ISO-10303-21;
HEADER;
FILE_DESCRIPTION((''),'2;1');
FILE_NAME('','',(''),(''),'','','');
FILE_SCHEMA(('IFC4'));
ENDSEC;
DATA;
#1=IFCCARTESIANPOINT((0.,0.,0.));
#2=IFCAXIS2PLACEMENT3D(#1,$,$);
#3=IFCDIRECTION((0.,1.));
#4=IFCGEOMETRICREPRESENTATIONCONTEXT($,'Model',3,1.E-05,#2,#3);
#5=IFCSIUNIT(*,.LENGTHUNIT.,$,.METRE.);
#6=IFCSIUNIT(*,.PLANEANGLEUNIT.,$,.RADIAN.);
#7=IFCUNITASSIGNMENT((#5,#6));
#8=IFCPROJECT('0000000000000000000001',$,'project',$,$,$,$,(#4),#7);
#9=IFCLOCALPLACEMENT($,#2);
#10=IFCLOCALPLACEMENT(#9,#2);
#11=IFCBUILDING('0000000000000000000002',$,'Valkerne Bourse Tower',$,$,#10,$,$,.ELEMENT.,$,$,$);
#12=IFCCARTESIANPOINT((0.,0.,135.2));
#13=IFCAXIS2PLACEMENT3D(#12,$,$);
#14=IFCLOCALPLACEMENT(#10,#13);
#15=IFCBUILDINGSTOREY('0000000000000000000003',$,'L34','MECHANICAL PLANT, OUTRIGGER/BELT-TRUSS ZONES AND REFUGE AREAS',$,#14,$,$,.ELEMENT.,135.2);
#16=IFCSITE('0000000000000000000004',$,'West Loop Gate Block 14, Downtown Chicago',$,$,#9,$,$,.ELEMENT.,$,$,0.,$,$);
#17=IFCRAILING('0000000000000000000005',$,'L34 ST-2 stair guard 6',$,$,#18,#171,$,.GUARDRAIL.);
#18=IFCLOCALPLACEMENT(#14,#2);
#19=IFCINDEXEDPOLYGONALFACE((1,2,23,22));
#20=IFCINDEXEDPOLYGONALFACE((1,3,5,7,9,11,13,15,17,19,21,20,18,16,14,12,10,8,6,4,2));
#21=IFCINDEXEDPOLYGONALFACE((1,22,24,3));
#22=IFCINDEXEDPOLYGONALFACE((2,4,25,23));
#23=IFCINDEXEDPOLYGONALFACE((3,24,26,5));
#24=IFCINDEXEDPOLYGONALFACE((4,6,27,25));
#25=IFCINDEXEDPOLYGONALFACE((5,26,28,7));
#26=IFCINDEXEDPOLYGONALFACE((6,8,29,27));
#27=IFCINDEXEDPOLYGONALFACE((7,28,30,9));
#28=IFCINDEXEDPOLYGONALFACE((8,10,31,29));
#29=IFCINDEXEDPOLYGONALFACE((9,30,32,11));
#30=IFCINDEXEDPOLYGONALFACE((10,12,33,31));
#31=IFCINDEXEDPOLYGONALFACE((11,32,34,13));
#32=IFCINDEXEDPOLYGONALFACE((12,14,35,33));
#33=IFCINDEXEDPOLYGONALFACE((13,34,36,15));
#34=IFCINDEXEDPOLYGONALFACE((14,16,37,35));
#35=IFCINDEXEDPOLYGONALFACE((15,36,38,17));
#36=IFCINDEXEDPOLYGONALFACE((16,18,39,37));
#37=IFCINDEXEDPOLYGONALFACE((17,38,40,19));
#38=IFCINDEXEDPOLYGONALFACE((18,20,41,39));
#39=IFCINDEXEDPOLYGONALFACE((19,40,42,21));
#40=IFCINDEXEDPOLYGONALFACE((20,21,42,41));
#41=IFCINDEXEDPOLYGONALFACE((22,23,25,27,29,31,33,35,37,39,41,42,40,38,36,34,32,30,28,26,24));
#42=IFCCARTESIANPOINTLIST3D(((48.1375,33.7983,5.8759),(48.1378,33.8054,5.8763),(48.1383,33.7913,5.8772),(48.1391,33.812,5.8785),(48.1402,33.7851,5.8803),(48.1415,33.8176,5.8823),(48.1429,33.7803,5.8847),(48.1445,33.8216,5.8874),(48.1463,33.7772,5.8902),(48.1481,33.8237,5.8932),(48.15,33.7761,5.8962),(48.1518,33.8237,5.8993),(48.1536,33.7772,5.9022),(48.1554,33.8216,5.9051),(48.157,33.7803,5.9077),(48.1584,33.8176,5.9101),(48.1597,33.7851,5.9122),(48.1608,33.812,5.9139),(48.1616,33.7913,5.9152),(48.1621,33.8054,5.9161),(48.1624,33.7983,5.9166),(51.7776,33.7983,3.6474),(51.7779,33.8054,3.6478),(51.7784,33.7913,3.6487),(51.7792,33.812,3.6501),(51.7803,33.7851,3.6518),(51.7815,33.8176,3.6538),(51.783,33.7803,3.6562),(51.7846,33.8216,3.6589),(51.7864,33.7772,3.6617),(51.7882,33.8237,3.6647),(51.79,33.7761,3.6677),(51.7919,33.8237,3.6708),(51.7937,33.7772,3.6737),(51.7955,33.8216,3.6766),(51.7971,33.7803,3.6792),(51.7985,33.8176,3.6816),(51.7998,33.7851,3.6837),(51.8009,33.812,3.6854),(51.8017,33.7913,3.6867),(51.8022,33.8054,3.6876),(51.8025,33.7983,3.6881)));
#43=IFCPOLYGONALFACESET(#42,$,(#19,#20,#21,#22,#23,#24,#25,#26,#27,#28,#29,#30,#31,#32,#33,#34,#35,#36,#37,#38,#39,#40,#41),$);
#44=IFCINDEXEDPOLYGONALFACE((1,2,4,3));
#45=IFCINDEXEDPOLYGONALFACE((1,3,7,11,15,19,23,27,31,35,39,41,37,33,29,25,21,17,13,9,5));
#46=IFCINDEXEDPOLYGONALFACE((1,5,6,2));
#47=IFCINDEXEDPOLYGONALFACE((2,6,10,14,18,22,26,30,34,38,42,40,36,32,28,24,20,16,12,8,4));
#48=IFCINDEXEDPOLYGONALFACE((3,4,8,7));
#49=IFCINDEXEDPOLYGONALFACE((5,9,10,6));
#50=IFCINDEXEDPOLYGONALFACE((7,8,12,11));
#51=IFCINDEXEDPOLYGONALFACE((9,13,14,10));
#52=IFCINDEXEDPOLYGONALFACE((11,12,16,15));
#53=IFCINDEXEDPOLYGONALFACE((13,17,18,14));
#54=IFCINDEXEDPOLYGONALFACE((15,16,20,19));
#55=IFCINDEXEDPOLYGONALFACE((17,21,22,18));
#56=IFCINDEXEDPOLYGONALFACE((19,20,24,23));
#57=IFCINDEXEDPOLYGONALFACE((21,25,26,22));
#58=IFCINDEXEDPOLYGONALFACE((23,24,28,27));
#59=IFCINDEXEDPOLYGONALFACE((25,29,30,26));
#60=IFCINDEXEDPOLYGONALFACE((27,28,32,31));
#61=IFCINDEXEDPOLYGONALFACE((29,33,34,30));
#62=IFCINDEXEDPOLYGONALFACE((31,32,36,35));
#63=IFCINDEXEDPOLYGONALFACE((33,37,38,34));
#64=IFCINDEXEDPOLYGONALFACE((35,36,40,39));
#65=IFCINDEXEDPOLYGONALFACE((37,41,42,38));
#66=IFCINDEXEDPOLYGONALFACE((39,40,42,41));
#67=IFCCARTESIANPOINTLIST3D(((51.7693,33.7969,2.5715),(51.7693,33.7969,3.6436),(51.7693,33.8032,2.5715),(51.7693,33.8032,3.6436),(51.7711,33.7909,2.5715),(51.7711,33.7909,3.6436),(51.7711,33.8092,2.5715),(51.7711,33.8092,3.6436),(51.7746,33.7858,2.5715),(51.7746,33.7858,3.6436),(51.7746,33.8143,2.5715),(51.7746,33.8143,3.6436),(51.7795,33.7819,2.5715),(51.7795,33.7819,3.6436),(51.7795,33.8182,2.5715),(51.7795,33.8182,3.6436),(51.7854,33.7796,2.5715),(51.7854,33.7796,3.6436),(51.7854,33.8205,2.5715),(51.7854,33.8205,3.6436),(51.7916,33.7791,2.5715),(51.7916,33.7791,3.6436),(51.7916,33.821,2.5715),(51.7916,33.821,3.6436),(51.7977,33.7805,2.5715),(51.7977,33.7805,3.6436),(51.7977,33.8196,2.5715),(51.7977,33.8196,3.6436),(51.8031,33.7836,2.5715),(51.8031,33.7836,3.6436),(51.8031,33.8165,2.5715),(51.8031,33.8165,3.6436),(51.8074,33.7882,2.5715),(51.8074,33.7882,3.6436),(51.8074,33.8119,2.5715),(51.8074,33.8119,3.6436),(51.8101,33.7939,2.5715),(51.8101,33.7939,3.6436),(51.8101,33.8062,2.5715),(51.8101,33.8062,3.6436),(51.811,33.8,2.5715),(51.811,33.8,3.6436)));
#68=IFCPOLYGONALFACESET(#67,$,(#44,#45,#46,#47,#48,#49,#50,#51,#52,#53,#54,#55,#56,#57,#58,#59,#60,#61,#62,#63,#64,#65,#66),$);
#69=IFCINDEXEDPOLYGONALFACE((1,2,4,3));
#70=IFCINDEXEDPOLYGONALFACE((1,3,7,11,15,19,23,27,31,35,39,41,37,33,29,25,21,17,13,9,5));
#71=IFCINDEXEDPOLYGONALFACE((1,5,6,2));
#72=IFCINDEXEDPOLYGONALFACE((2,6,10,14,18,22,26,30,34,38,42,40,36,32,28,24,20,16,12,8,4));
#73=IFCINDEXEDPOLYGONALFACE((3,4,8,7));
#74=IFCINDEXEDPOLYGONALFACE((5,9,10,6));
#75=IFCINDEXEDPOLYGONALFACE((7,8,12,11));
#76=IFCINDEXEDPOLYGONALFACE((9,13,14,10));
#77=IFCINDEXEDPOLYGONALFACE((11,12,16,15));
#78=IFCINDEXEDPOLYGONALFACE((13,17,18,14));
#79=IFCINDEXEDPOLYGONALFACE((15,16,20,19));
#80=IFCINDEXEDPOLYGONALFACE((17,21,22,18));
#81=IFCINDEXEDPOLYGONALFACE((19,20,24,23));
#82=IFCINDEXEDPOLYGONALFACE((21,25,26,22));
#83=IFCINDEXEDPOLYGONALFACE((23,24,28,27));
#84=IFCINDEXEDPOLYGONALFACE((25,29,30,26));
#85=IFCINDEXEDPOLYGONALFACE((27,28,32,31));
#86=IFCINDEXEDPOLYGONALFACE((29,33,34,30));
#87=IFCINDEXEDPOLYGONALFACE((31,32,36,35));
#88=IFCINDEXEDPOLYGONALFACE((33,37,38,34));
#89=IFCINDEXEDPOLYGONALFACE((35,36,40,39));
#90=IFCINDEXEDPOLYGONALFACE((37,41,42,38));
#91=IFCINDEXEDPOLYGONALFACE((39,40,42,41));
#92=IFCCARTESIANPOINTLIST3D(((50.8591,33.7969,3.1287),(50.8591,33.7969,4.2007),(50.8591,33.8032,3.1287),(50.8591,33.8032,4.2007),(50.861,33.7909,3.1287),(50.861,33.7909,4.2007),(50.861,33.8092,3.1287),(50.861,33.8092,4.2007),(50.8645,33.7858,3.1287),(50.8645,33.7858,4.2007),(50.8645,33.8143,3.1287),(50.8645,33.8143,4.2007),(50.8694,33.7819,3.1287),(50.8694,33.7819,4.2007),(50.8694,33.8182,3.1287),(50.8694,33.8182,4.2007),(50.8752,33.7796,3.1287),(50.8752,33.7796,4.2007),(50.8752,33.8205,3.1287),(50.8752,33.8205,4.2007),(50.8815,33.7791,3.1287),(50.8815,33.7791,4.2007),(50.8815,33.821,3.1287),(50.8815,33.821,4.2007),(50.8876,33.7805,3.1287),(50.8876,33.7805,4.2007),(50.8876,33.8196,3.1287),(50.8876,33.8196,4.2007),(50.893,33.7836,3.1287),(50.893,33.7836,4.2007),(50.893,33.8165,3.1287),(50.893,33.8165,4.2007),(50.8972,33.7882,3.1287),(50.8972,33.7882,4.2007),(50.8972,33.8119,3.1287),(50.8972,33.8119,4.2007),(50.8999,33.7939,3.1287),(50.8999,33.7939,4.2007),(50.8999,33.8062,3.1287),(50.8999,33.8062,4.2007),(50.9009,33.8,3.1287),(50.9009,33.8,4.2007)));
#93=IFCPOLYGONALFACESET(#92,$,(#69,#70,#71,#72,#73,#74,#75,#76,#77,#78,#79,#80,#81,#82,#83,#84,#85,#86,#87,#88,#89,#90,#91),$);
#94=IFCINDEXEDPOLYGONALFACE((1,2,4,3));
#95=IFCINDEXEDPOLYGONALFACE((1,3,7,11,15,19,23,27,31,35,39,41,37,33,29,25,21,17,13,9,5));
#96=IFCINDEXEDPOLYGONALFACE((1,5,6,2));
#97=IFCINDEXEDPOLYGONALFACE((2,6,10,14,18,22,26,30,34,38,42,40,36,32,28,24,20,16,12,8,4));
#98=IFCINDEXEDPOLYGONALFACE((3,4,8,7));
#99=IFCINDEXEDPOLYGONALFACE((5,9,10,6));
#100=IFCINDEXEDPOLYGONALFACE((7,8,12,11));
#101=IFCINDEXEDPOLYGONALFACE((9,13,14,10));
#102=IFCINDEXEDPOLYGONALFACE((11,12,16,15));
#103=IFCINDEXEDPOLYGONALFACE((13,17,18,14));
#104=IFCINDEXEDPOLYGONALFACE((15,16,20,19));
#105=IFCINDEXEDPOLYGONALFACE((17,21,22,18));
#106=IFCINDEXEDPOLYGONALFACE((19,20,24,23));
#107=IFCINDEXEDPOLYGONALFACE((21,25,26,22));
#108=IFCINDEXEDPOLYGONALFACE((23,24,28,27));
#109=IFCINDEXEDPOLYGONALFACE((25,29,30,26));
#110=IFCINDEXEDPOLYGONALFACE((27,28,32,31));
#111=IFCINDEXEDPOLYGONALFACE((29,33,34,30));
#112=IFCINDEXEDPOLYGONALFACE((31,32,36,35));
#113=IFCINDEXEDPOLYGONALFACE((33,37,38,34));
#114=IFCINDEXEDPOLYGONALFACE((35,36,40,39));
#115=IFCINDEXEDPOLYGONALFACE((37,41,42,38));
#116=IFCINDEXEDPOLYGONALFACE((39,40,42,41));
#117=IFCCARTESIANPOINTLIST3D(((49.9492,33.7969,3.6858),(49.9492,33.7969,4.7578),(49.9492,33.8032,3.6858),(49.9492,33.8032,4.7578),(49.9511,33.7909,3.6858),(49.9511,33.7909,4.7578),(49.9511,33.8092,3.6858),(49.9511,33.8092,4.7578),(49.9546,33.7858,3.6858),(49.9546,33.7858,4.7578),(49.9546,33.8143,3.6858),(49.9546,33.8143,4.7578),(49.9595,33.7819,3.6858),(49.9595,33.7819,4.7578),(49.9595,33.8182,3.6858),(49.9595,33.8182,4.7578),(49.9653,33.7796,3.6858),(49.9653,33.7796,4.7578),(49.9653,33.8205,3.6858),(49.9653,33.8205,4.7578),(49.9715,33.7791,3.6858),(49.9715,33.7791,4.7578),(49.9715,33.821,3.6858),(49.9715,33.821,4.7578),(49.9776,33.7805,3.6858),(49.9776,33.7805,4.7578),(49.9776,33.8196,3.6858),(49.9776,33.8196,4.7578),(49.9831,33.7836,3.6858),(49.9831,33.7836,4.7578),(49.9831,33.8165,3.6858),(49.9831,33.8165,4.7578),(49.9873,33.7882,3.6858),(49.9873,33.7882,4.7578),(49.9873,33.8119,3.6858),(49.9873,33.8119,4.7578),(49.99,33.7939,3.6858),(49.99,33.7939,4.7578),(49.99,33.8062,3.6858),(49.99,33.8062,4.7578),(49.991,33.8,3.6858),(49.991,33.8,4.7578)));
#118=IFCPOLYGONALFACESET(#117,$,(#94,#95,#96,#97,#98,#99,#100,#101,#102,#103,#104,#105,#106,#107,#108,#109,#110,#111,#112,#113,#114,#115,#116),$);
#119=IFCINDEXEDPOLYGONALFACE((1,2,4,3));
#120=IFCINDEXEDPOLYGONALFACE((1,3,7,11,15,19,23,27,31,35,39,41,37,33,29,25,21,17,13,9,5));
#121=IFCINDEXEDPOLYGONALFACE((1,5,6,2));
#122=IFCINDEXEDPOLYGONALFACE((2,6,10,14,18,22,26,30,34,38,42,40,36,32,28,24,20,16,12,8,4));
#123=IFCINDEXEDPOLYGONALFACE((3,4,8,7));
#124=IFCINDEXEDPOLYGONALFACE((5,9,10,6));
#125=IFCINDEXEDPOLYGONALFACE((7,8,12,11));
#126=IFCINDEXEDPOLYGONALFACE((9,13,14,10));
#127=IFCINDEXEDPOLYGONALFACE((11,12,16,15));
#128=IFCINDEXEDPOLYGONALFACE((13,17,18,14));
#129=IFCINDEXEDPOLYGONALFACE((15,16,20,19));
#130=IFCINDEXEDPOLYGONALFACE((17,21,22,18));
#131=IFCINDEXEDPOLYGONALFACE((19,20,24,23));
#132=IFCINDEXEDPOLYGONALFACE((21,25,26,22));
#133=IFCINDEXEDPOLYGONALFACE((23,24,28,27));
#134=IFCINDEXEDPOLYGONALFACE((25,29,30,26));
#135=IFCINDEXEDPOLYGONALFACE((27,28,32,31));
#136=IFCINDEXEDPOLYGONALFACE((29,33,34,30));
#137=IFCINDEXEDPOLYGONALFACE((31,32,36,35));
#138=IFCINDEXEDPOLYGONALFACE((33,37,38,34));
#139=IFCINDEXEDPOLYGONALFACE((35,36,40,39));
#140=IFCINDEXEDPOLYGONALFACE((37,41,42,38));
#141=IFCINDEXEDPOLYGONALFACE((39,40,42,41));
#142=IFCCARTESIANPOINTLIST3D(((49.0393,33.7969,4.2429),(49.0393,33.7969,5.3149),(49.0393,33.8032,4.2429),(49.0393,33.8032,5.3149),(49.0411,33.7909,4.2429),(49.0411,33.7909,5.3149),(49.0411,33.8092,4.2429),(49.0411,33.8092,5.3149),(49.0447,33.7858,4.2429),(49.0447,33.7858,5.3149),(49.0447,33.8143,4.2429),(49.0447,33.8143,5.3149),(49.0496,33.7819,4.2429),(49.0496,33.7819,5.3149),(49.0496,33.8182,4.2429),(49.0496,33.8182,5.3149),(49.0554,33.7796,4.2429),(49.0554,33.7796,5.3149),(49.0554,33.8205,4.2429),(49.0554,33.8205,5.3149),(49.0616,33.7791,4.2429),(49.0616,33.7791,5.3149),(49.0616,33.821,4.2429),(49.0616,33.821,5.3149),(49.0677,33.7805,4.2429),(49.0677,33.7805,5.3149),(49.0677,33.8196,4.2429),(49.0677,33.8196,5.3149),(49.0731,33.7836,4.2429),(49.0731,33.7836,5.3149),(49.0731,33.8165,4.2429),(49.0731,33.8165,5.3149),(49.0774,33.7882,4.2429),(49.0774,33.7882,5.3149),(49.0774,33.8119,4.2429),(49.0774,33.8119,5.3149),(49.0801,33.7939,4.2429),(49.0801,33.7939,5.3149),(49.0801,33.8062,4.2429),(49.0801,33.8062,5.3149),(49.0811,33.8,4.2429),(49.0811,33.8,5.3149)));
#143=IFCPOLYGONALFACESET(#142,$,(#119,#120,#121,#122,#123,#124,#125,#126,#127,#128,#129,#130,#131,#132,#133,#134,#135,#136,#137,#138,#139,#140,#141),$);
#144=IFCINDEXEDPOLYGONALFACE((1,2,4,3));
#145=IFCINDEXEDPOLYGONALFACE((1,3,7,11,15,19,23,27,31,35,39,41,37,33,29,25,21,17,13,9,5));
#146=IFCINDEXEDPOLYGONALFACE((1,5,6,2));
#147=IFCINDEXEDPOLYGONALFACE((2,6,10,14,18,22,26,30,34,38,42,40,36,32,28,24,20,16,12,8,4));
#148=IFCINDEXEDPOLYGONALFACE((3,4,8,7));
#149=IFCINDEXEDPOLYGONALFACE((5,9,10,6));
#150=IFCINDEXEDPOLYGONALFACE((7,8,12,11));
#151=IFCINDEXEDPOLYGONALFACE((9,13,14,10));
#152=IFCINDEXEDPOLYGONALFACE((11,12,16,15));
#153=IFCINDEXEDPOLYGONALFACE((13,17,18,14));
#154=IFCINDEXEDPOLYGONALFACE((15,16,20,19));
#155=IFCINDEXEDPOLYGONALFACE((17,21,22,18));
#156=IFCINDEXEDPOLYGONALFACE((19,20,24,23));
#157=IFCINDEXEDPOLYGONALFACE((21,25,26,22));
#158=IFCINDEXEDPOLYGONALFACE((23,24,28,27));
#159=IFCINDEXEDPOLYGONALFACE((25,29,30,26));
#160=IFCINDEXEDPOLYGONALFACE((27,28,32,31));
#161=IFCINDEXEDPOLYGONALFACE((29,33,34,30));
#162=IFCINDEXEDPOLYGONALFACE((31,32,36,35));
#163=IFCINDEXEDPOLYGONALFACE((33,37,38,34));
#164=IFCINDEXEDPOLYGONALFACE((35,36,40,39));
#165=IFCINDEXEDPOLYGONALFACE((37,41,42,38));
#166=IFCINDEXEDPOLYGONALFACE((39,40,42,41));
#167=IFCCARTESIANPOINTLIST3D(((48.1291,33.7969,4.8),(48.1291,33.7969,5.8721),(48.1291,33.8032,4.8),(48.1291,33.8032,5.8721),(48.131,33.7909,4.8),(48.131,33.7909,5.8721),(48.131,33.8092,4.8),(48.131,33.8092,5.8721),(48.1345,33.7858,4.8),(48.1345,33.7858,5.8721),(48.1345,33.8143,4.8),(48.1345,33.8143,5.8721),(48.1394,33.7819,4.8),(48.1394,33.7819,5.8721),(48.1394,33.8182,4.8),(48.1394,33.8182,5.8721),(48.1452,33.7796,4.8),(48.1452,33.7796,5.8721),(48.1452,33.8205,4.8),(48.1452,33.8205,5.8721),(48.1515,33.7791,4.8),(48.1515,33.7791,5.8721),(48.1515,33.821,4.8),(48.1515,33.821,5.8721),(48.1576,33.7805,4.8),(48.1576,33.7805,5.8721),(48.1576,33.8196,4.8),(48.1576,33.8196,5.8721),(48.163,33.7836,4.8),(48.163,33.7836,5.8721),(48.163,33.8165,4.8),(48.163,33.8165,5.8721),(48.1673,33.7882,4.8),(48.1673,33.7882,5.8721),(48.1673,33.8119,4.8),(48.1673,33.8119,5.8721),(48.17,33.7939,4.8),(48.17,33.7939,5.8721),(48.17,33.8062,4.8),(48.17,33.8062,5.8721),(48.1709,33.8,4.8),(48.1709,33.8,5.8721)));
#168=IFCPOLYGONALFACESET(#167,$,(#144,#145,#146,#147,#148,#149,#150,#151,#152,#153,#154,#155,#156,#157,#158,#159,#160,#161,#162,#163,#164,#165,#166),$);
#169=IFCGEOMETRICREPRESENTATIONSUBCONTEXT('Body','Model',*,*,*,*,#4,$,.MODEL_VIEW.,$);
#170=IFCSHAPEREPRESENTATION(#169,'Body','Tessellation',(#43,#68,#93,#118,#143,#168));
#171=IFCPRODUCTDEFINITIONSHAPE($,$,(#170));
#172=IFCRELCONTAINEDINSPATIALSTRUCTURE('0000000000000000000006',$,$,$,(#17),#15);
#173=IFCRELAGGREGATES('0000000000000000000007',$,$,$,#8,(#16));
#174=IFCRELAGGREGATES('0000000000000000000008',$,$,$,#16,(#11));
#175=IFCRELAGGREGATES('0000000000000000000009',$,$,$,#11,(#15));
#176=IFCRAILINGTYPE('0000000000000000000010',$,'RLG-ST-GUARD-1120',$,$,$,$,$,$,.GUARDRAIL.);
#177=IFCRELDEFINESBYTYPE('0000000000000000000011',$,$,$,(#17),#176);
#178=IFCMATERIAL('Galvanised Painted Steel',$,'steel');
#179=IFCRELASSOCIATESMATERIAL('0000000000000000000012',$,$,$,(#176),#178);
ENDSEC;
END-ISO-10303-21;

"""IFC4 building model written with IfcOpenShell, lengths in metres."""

from ifc_helpers import new_model, si_unit, direction, frame, origin, origin_2d, place, context, subcontext, project, spatial, circle, extrude, material, type_object, element, save


model = new_model("IFC4")

# Units and contexts
model_context = context("Model", 3, precision=1e-05, world=origin(), true_north=direction((0.0, 1.0)))
body_context = subcontext(model_context, "Body", "Model", "MODEL_VIEW")
ifc_project = project(units=[si_unit("LENGTHUNIT", "METRE"), si_unit("PLANEANGLEUNIT", "RADIAN")], contexts=[model_context])

# Site, building, storey
site_placement = place(None, origin())
site = spatial("IfcSite", under=ifc_project, at=site_placement, Name="West Loop Gate Block 14, Downtown Chicago", CompositionType="ELEMENT", RefElevation=0.0)
building_placement = place(site_placement, origin())
building = spatial("IfcBuilding", under=site, at=building_placement, Name="Valkerne Bourse Tower", CompositionType="ELEMENT")
storey_placement = place(building_placement, frame((0.0, 0.0, 135.2)))
storey = spatial("IfcBuildingStorey", under=building, at=storey_placement, Name="L34", Description="MECHANICAL PLANT, OUTRIGGER/BELT-TRUSS ZONES AND REFUGE AREAS", CompositionType="ELEMENT", Elevation=135.2)

# Railing
ifc_material_1 = material(Name="Galvanised Painted Steel", Category="steel")
railing_type_1 = type_object("IfcRailingType", Name="RLG-ST-GUARD-1120", PredefinedType="GUARDRAIL", material=ifc_material_1)
railing_1_placement = place(storey_placement, frame((51.79, 33.8, 2.5715)))
element("IfcRailing", 1, at=railing_1_placement, inside=storey, type_object=railing_type_1, Name="L34 ST-2 stair guard 6", PredefinedType="GUARDRAIL", context=body_context, shape_type="SweptSolid", body=[
    extrude(circle(Radius=0.0239, at=origin_2d()), frame((0.0, 0.0, 1.0962), z_axis=(-0.852866, 0.0, 0.52213), x_axis=(0.0, -1.0, 0.0)), (0.0, 0.0, 1.0), 4.2681),
    extrude(circle(Radius=0.021, at=origin_2d()), origin(), (0.0, 0.0, 1.0), 1.072),
    extrude(circle(Radius=0.021, at=origin_2d()), frame((-0.9102, 0.0, 0.5571)), (0.0, 0.0, 1.0), 1.072),
    extrude(circle(Radius=0.021, at=origin_2d()), frame((-1.8201, 0.0, 1.1143)), (0.0, 0.0, 1.0), 1.072),
    extrude(circle(Radius=0.021, at=origin_2d()), frame((-2.73, 0.0, 1.6714)), (0.0, 0.0, 1.0), 1.072),
    extrude(circle(Radius=0.021, at=origin_2d()), frame((-3.6401, 0.0, 2.2285)), (0.0, 0.0, 1.0), 1.072),
])

save(model, "model.ifc")
